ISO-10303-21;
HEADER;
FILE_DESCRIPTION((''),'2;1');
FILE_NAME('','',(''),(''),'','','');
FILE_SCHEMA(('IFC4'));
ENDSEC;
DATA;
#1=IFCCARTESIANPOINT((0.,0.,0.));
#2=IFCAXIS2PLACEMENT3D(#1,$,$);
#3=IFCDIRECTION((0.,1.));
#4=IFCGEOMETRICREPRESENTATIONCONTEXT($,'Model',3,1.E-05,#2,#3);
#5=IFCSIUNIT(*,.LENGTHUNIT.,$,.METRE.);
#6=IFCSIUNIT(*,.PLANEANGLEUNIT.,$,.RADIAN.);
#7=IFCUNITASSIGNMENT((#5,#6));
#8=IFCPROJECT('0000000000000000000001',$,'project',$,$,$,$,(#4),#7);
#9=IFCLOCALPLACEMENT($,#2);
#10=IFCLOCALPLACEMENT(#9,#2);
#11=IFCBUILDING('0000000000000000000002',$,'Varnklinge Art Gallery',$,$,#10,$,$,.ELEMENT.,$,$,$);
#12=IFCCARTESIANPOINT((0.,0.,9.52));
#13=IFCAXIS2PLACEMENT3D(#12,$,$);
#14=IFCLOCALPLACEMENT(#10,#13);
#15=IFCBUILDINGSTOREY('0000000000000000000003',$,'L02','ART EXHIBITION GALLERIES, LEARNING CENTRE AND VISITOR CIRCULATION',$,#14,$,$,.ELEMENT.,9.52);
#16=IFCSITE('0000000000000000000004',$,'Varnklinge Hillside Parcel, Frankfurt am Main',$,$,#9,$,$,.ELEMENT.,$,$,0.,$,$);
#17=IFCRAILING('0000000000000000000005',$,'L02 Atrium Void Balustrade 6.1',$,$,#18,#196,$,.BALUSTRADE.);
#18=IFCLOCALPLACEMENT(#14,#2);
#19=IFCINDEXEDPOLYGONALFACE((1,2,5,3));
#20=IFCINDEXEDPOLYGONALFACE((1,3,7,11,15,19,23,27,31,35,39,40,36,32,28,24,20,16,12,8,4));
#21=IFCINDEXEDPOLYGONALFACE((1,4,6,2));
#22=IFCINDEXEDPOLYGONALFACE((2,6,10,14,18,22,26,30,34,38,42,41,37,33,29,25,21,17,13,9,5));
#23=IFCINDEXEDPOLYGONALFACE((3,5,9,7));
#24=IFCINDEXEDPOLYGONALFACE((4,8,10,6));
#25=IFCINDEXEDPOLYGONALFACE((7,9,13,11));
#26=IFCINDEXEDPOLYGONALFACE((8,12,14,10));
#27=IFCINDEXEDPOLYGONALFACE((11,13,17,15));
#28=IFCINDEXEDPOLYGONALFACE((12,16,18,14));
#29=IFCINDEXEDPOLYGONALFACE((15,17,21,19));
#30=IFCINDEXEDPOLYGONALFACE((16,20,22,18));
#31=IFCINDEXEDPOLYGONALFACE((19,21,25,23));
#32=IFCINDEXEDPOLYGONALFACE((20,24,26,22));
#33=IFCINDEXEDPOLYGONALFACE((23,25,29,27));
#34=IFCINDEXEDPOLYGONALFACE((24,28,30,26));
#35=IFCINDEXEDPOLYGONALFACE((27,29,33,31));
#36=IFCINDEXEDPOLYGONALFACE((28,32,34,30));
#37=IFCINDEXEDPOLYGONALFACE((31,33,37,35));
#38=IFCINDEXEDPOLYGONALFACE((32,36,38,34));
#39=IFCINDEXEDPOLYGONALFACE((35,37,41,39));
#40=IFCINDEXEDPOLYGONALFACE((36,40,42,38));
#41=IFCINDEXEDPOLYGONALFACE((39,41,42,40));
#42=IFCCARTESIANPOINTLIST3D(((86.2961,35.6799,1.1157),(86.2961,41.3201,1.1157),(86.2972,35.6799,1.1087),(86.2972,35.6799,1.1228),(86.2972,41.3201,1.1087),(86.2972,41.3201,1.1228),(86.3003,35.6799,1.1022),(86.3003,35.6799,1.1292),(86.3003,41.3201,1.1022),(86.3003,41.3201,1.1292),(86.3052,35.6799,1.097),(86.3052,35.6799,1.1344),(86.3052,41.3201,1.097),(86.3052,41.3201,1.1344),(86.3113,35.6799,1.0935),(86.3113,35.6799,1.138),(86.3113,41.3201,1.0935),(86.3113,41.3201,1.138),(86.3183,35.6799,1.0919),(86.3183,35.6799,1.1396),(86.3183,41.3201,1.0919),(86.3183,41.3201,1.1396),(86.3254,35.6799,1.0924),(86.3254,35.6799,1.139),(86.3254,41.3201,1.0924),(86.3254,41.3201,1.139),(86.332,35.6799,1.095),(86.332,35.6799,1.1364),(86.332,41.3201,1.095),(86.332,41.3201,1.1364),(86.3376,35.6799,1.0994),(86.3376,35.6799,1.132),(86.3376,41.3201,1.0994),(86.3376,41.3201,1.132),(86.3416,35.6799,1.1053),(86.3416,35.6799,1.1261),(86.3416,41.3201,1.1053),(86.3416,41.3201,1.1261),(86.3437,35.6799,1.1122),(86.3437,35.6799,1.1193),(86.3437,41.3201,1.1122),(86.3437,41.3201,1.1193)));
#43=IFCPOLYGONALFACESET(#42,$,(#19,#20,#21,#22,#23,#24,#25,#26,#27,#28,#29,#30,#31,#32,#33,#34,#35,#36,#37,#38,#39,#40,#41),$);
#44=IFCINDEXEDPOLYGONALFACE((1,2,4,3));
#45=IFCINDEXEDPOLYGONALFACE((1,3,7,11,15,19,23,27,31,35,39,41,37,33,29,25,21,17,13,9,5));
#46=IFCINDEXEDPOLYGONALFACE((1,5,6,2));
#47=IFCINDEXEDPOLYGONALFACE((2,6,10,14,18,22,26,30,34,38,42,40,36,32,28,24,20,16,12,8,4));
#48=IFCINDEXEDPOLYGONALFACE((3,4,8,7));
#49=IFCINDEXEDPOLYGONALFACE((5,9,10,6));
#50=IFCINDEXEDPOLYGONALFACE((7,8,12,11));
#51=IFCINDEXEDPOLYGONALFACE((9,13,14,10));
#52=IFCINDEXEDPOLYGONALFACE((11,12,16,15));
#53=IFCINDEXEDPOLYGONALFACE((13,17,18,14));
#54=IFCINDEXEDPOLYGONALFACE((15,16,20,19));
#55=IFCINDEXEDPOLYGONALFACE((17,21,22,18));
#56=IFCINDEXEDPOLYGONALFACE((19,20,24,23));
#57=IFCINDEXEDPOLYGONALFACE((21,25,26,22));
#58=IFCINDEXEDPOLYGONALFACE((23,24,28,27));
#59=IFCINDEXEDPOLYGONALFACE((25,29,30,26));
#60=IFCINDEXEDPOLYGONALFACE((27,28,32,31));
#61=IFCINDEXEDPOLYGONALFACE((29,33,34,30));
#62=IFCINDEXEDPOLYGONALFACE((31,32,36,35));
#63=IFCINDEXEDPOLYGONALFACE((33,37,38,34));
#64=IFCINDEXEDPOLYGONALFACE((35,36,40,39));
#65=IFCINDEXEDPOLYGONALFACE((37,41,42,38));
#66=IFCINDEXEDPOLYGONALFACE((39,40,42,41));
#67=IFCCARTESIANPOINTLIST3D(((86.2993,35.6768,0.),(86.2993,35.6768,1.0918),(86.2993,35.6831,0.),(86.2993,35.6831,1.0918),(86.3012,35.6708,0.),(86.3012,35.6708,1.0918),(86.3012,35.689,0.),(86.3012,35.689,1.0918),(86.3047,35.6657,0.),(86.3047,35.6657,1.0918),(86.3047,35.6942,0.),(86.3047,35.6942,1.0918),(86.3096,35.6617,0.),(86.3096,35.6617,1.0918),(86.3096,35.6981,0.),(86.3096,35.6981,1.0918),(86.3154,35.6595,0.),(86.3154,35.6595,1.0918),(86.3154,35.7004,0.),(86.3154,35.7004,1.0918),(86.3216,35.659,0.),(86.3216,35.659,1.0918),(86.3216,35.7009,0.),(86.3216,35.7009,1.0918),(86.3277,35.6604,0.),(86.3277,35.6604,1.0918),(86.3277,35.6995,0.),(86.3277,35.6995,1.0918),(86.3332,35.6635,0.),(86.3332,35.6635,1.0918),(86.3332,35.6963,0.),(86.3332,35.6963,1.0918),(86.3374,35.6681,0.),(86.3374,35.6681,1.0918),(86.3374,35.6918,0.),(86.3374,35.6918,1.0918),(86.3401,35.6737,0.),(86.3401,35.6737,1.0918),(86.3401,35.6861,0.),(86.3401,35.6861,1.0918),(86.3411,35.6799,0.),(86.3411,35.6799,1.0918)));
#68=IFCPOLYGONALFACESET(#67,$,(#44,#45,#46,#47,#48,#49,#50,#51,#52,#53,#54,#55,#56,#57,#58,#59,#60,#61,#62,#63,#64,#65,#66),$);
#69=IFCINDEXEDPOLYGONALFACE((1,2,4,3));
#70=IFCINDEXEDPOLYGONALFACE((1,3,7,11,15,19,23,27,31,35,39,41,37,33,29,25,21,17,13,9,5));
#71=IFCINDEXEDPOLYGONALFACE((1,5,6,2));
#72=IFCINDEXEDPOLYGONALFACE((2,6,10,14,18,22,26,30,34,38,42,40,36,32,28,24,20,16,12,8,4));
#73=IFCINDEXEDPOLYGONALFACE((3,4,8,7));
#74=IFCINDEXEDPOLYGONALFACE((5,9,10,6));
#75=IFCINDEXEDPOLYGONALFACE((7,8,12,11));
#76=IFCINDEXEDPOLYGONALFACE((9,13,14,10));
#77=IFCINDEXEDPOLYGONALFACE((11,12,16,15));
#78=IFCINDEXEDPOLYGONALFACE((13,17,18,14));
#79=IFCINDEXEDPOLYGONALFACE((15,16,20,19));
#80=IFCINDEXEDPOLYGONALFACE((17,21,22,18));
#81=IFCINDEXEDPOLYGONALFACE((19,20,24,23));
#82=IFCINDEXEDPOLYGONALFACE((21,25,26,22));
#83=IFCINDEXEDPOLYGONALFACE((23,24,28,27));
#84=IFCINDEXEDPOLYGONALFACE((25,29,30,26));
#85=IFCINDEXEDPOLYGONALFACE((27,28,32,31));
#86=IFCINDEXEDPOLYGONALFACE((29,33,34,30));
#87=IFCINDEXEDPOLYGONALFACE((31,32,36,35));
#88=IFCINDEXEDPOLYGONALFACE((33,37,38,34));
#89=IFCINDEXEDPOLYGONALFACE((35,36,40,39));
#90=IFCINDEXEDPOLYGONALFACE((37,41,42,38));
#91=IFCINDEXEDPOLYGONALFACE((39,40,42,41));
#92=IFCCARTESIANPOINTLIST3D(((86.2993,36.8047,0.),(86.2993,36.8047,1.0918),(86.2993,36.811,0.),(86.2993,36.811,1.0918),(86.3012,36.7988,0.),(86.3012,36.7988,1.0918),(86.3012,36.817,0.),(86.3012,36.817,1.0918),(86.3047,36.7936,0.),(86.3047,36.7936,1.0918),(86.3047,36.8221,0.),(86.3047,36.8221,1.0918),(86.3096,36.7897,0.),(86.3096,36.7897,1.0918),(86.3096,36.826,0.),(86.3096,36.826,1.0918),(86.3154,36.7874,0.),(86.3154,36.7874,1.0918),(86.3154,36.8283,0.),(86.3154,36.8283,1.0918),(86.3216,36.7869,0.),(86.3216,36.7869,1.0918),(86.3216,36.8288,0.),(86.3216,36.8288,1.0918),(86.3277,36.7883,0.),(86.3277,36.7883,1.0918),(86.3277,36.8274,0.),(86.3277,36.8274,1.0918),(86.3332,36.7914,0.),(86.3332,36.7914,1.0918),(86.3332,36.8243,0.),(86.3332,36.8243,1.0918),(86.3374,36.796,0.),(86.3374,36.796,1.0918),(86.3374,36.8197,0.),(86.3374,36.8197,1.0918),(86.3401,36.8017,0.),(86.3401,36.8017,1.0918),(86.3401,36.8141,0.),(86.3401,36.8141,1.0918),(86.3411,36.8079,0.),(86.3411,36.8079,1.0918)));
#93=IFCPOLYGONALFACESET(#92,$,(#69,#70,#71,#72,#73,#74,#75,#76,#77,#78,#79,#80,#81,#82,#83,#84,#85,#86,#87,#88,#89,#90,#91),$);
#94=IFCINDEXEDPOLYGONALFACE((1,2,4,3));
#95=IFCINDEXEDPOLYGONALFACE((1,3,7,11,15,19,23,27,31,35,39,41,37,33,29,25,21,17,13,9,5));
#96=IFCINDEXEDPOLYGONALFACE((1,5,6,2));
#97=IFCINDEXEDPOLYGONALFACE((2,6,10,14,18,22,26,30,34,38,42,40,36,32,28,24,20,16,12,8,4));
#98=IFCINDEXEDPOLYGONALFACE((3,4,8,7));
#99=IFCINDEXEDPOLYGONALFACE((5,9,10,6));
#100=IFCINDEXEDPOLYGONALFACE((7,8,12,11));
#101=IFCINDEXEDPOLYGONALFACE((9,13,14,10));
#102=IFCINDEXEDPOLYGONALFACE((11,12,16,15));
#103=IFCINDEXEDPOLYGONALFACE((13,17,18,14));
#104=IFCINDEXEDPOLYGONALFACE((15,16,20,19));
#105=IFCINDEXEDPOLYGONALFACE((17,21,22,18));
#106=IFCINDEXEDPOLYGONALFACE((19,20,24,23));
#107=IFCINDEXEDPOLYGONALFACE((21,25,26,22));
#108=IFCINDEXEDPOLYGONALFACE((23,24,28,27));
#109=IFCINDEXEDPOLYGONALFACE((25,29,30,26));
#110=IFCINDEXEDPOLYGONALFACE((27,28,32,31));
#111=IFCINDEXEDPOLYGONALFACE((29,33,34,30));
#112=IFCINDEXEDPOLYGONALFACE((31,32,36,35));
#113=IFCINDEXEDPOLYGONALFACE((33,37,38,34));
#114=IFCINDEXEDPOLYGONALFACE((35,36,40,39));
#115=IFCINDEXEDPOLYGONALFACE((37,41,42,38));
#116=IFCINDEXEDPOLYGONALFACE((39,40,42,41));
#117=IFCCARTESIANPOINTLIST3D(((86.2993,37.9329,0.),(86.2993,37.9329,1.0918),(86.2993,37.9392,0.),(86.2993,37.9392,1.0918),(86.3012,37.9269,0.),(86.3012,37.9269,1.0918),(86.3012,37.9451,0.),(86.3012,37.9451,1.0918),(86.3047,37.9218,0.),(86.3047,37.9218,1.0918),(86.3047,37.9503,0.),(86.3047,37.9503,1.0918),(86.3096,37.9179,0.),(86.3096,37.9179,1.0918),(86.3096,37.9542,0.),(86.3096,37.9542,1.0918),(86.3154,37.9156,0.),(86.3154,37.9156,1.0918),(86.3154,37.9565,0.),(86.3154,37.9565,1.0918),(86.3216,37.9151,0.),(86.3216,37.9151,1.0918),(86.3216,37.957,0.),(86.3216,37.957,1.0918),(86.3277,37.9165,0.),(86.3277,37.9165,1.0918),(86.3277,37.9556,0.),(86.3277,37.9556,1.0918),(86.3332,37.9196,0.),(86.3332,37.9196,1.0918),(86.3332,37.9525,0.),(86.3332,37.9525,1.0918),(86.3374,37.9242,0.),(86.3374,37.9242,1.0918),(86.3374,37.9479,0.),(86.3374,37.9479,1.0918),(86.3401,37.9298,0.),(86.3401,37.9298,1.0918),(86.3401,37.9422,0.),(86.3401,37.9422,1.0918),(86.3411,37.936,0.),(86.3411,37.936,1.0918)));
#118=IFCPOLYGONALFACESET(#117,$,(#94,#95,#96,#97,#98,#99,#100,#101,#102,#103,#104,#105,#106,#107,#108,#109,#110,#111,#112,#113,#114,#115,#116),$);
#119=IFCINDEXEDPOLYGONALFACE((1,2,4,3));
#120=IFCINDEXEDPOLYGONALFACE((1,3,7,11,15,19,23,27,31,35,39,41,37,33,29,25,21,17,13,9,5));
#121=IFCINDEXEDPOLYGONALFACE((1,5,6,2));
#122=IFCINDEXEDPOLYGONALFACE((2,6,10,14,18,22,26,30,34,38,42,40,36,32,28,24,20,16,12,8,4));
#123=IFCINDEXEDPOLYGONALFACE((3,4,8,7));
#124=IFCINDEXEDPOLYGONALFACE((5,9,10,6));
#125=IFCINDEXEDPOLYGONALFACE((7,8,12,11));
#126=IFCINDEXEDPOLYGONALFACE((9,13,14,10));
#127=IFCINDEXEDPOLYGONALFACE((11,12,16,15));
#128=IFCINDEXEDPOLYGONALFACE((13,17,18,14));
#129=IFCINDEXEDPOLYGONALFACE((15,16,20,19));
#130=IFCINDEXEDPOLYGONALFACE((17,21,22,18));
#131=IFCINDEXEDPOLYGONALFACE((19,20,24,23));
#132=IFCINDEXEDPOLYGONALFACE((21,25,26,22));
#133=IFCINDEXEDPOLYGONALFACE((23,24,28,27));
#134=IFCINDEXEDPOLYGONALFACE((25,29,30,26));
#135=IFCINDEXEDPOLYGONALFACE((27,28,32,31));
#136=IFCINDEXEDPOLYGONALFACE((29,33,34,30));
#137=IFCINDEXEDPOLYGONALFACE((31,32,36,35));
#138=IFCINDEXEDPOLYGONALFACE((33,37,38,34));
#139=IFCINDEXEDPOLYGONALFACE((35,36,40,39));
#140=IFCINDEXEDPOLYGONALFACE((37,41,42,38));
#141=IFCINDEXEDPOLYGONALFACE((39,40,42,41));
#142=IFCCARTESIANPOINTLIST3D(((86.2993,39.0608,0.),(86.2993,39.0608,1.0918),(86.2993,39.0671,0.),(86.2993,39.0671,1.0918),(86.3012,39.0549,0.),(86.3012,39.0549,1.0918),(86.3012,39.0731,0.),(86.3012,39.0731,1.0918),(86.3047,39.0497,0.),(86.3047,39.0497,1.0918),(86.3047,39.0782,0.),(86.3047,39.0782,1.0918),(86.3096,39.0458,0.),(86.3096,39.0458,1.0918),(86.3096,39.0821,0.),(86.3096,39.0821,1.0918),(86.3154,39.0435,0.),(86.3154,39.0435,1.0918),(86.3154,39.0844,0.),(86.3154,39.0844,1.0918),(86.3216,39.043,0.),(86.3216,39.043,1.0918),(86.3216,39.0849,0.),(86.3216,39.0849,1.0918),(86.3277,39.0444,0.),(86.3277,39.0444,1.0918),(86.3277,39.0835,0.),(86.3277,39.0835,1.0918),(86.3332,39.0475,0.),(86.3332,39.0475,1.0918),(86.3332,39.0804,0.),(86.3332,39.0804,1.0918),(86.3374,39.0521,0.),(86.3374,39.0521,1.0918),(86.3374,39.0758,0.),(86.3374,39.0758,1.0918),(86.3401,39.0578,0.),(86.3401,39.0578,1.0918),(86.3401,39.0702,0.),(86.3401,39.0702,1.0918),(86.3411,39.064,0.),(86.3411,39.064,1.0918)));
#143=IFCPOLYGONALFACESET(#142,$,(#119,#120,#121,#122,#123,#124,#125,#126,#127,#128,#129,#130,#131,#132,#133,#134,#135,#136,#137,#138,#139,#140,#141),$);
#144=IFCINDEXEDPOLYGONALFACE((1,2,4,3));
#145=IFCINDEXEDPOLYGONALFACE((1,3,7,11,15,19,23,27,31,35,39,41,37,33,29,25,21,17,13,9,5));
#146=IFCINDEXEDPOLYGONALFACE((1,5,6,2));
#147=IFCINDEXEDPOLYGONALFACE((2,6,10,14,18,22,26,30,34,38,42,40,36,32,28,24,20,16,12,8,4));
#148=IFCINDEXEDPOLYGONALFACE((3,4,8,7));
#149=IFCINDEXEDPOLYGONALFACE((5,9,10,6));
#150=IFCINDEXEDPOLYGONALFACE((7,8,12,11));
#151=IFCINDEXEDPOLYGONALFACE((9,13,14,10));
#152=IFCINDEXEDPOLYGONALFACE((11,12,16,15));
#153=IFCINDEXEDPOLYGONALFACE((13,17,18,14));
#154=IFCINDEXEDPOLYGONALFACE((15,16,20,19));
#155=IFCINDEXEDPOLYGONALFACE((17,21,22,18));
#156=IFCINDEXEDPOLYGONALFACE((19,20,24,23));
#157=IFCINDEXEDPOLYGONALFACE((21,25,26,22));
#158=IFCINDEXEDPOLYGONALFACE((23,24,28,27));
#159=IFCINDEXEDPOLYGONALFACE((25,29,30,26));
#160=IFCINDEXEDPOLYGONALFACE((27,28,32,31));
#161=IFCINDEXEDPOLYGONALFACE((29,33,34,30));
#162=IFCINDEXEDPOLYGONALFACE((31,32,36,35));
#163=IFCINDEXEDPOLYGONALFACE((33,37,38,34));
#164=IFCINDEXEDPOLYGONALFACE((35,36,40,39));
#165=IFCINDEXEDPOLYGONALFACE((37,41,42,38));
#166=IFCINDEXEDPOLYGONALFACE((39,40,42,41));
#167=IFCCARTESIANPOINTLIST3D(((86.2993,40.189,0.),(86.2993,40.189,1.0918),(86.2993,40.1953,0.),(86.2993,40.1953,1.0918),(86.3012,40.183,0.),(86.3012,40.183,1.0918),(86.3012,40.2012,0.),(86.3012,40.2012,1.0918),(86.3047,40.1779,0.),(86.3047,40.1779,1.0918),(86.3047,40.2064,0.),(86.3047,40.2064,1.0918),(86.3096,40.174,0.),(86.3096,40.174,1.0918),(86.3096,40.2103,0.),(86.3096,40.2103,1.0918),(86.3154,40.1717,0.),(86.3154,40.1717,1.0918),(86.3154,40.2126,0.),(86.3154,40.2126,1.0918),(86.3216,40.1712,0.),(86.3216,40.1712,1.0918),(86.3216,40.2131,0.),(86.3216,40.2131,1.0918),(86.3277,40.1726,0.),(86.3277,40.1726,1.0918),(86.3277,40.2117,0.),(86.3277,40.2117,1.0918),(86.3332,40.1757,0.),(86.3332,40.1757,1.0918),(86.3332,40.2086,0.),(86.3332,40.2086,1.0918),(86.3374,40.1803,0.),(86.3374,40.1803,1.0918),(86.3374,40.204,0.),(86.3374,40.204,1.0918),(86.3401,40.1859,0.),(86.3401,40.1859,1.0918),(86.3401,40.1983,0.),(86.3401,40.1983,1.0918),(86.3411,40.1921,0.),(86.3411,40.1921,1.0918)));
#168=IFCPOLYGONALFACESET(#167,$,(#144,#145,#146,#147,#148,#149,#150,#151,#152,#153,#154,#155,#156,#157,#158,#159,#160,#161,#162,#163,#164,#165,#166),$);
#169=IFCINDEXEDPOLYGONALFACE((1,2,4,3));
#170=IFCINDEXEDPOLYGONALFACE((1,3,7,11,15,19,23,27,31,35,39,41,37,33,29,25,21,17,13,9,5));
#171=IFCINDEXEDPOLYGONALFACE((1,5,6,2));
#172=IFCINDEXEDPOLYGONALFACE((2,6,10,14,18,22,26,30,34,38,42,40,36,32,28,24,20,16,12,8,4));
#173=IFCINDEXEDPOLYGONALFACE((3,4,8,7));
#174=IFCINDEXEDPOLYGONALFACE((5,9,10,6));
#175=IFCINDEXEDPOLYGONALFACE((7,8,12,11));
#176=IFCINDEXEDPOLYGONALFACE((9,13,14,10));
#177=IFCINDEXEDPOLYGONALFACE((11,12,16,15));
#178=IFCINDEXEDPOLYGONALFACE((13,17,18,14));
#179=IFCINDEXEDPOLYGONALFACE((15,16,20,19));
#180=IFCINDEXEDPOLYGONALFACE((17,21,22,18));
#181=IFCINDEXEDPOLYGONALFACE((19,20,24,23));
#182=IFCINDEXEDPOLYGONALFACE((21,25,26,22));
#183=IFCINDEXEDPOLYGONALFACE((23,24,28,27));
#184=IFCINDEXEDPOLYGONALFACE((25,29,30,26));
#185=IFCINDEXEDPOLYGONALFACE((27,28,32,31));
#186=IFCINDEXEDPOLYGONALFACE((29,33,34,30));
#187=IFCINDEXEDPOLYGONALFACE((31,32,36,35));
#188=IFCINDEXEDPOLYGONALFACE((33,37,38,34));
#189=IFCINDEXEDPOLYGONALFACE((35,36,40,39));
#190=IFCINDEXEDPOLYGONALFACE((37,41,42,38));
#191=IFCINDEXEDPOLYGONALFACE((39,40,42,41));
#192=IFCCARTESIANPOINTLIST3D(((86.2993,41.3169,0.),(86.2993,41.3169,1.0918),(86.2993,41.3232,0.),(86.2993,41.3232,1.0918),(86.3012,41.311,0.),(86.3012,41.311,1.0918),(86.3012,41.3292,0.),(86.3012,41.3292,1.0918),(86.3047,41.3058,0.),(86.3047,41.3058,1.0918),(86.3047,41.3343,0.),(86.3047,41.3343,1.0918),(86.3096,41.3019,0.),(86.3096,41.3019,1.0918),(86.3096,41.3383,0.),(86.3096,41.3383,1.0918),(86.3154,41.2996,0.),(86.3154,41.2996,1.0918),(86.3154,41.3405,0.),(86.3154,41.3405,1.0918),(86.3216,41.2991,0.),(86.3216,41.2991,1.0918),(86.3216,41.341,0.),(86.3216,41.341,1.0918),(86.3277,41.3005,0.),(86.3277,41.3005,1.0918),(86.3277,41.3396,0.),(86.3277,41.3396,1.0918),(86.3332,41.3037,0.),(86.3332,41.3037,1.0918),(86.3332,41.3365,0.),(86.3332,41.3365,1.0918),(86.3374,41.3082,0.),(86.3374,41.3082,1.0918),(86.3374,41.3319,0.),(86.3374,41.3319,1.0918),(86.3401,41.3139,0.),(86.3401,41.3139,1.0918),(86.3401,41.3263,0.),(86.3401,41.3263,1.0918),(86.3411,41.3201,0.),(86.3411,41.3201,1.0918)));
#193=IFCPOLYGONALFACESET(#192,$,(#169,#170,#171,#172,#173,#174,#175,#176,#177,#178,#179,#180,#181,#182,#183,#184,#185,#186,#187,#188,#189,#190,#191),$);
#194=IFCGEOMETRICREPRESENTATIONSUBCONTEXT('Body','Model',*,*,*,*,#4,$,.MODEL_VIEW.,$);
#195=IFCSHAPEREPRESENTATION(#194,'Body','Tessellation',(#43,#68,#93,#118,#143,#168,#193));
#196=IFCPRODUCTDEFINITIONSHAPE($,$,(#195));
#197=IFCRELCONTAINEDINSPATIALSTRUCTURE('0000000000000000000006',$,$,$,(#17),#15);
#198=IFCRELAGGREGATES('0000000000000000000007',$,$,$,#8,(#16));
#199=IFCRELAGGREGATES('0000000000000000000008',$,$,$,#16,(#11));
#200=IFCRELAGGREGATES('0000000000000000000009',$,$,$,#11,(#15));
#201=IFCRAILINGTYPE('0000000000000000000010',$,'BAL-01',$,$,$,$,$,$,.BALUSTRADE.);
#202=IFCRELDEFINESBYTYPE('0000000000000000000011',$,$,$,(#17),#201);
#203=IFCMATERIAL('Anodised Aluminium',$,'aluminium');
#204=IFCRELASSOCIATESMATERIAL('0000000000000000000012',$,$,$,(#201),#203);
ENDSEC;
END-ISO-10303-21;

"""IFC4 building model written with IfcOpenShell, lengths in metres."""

from ifc_helpers import new_model, si_unit, direction, frame, origin, origin_2d, place, context, subcontext, project, spatial, circle, extrude, material, type_object, element, save


model = new_model("IFC4")

# Units and contexts
model_context = context("Model", 3, precision=1e-05, world=origin(), true_north=direction((0.0, 1.0)))
body_context = subcontext(model_context, "Body", "Model", "MODEL_VIEW")
ifc_project = project(units=[si_unit("LENGTHUNIT", "METRE"), si_unit("PLANEANGLEUNIT", "RADIAN")], contexts=[model_context])

# Site, building, storey
site_placement = place(None, origin())
site = spatial("IfcSite", under=ifc_project, at=site_placement, Name="Varnklinge Hillside Parcel, Frankfurt am Main", CompositionType="ELEMENT", RefElevation=0.0)
building_placement = place(site_placement, origin())
building = spatial("IfcBuilding", under=site, at=building_placement, Name="Varnklinge Art Gallery", CompositionType="ELEMENT")
storey_placement = place(building_placement, frame((0.0, 0.0, 9.52)))
storey = spatial("IfcBuildingStorey", under=building, at=storey_placement, Name="L02", Description="ART EXHIBITION GALLERIES, LEARNING CENTRE AND VISITOR CIRCULATION", CompositionType="ELEMENT", Elevation=9.52)

# Railing
ifc_material_1 = material(Name="Anodised Aluminium", Category="aluminium")
railing_type_1 = type_object("IfcRailingType", Name="BAL-01", PredefinedType="BALUSTRADE", material=ifc_material_1)
railing_1_placement = place(storey_placement, frame((86.3201, 35.6799, 0.0)))
element("IfcRailing", 1, at=railing_1_placement, inside=storey, type_object=railing_type_1, Name="L02 Atrium Void Balustrade 6.1", PredefinedType="BALUSTRADE", context=body_context, shape_type="SweptSolid", body=[
    extrude(circle(Radius=0.0239, at=origin_2d()), frame((0.0, 0.0, 1.1157), z_axis=(0.0, 1.0, 0.0), x_axis=(-1.0, 0.0, 0.0)), (0.0, 0.0, 1.0), 5.6401),
    extrude(circle(Radius=0.021, at=origin_2d()), origin(), (0.0, 0.0, 1.0), 1.0918),
    extrude(circle(Radius=0.021, at=origin_2d()), frame((0.0, 1.1279, 0.0)), (0.0, 0.0, 1.0), 1.0918),
    extrude(circle(Radius=0.021, at=origin_2d()), frame((0.0, 2.2561, 0.0)), (0.0, 0.0, 1.0), 1.0918),
    extrude(circle(Radius=0.021, at=origin_2d()), frame((0.0, 3.384, 0.0)), (0.0, 0.0, 1.0), 1.0918),
    extrude(circle(Radius=0.021, at=origin_2d()), frame((0.0, 4.5122, 0.0)), (0.0, 0.0, 1.0), 1.0918),
    extrude(circle(Radius=0.021, at=origin_2d()), frame((0.0, 5.6401, 0.0)), (0.0, 0.0, 1.0), 1.0918),
])

save(model, "model.ifc")
